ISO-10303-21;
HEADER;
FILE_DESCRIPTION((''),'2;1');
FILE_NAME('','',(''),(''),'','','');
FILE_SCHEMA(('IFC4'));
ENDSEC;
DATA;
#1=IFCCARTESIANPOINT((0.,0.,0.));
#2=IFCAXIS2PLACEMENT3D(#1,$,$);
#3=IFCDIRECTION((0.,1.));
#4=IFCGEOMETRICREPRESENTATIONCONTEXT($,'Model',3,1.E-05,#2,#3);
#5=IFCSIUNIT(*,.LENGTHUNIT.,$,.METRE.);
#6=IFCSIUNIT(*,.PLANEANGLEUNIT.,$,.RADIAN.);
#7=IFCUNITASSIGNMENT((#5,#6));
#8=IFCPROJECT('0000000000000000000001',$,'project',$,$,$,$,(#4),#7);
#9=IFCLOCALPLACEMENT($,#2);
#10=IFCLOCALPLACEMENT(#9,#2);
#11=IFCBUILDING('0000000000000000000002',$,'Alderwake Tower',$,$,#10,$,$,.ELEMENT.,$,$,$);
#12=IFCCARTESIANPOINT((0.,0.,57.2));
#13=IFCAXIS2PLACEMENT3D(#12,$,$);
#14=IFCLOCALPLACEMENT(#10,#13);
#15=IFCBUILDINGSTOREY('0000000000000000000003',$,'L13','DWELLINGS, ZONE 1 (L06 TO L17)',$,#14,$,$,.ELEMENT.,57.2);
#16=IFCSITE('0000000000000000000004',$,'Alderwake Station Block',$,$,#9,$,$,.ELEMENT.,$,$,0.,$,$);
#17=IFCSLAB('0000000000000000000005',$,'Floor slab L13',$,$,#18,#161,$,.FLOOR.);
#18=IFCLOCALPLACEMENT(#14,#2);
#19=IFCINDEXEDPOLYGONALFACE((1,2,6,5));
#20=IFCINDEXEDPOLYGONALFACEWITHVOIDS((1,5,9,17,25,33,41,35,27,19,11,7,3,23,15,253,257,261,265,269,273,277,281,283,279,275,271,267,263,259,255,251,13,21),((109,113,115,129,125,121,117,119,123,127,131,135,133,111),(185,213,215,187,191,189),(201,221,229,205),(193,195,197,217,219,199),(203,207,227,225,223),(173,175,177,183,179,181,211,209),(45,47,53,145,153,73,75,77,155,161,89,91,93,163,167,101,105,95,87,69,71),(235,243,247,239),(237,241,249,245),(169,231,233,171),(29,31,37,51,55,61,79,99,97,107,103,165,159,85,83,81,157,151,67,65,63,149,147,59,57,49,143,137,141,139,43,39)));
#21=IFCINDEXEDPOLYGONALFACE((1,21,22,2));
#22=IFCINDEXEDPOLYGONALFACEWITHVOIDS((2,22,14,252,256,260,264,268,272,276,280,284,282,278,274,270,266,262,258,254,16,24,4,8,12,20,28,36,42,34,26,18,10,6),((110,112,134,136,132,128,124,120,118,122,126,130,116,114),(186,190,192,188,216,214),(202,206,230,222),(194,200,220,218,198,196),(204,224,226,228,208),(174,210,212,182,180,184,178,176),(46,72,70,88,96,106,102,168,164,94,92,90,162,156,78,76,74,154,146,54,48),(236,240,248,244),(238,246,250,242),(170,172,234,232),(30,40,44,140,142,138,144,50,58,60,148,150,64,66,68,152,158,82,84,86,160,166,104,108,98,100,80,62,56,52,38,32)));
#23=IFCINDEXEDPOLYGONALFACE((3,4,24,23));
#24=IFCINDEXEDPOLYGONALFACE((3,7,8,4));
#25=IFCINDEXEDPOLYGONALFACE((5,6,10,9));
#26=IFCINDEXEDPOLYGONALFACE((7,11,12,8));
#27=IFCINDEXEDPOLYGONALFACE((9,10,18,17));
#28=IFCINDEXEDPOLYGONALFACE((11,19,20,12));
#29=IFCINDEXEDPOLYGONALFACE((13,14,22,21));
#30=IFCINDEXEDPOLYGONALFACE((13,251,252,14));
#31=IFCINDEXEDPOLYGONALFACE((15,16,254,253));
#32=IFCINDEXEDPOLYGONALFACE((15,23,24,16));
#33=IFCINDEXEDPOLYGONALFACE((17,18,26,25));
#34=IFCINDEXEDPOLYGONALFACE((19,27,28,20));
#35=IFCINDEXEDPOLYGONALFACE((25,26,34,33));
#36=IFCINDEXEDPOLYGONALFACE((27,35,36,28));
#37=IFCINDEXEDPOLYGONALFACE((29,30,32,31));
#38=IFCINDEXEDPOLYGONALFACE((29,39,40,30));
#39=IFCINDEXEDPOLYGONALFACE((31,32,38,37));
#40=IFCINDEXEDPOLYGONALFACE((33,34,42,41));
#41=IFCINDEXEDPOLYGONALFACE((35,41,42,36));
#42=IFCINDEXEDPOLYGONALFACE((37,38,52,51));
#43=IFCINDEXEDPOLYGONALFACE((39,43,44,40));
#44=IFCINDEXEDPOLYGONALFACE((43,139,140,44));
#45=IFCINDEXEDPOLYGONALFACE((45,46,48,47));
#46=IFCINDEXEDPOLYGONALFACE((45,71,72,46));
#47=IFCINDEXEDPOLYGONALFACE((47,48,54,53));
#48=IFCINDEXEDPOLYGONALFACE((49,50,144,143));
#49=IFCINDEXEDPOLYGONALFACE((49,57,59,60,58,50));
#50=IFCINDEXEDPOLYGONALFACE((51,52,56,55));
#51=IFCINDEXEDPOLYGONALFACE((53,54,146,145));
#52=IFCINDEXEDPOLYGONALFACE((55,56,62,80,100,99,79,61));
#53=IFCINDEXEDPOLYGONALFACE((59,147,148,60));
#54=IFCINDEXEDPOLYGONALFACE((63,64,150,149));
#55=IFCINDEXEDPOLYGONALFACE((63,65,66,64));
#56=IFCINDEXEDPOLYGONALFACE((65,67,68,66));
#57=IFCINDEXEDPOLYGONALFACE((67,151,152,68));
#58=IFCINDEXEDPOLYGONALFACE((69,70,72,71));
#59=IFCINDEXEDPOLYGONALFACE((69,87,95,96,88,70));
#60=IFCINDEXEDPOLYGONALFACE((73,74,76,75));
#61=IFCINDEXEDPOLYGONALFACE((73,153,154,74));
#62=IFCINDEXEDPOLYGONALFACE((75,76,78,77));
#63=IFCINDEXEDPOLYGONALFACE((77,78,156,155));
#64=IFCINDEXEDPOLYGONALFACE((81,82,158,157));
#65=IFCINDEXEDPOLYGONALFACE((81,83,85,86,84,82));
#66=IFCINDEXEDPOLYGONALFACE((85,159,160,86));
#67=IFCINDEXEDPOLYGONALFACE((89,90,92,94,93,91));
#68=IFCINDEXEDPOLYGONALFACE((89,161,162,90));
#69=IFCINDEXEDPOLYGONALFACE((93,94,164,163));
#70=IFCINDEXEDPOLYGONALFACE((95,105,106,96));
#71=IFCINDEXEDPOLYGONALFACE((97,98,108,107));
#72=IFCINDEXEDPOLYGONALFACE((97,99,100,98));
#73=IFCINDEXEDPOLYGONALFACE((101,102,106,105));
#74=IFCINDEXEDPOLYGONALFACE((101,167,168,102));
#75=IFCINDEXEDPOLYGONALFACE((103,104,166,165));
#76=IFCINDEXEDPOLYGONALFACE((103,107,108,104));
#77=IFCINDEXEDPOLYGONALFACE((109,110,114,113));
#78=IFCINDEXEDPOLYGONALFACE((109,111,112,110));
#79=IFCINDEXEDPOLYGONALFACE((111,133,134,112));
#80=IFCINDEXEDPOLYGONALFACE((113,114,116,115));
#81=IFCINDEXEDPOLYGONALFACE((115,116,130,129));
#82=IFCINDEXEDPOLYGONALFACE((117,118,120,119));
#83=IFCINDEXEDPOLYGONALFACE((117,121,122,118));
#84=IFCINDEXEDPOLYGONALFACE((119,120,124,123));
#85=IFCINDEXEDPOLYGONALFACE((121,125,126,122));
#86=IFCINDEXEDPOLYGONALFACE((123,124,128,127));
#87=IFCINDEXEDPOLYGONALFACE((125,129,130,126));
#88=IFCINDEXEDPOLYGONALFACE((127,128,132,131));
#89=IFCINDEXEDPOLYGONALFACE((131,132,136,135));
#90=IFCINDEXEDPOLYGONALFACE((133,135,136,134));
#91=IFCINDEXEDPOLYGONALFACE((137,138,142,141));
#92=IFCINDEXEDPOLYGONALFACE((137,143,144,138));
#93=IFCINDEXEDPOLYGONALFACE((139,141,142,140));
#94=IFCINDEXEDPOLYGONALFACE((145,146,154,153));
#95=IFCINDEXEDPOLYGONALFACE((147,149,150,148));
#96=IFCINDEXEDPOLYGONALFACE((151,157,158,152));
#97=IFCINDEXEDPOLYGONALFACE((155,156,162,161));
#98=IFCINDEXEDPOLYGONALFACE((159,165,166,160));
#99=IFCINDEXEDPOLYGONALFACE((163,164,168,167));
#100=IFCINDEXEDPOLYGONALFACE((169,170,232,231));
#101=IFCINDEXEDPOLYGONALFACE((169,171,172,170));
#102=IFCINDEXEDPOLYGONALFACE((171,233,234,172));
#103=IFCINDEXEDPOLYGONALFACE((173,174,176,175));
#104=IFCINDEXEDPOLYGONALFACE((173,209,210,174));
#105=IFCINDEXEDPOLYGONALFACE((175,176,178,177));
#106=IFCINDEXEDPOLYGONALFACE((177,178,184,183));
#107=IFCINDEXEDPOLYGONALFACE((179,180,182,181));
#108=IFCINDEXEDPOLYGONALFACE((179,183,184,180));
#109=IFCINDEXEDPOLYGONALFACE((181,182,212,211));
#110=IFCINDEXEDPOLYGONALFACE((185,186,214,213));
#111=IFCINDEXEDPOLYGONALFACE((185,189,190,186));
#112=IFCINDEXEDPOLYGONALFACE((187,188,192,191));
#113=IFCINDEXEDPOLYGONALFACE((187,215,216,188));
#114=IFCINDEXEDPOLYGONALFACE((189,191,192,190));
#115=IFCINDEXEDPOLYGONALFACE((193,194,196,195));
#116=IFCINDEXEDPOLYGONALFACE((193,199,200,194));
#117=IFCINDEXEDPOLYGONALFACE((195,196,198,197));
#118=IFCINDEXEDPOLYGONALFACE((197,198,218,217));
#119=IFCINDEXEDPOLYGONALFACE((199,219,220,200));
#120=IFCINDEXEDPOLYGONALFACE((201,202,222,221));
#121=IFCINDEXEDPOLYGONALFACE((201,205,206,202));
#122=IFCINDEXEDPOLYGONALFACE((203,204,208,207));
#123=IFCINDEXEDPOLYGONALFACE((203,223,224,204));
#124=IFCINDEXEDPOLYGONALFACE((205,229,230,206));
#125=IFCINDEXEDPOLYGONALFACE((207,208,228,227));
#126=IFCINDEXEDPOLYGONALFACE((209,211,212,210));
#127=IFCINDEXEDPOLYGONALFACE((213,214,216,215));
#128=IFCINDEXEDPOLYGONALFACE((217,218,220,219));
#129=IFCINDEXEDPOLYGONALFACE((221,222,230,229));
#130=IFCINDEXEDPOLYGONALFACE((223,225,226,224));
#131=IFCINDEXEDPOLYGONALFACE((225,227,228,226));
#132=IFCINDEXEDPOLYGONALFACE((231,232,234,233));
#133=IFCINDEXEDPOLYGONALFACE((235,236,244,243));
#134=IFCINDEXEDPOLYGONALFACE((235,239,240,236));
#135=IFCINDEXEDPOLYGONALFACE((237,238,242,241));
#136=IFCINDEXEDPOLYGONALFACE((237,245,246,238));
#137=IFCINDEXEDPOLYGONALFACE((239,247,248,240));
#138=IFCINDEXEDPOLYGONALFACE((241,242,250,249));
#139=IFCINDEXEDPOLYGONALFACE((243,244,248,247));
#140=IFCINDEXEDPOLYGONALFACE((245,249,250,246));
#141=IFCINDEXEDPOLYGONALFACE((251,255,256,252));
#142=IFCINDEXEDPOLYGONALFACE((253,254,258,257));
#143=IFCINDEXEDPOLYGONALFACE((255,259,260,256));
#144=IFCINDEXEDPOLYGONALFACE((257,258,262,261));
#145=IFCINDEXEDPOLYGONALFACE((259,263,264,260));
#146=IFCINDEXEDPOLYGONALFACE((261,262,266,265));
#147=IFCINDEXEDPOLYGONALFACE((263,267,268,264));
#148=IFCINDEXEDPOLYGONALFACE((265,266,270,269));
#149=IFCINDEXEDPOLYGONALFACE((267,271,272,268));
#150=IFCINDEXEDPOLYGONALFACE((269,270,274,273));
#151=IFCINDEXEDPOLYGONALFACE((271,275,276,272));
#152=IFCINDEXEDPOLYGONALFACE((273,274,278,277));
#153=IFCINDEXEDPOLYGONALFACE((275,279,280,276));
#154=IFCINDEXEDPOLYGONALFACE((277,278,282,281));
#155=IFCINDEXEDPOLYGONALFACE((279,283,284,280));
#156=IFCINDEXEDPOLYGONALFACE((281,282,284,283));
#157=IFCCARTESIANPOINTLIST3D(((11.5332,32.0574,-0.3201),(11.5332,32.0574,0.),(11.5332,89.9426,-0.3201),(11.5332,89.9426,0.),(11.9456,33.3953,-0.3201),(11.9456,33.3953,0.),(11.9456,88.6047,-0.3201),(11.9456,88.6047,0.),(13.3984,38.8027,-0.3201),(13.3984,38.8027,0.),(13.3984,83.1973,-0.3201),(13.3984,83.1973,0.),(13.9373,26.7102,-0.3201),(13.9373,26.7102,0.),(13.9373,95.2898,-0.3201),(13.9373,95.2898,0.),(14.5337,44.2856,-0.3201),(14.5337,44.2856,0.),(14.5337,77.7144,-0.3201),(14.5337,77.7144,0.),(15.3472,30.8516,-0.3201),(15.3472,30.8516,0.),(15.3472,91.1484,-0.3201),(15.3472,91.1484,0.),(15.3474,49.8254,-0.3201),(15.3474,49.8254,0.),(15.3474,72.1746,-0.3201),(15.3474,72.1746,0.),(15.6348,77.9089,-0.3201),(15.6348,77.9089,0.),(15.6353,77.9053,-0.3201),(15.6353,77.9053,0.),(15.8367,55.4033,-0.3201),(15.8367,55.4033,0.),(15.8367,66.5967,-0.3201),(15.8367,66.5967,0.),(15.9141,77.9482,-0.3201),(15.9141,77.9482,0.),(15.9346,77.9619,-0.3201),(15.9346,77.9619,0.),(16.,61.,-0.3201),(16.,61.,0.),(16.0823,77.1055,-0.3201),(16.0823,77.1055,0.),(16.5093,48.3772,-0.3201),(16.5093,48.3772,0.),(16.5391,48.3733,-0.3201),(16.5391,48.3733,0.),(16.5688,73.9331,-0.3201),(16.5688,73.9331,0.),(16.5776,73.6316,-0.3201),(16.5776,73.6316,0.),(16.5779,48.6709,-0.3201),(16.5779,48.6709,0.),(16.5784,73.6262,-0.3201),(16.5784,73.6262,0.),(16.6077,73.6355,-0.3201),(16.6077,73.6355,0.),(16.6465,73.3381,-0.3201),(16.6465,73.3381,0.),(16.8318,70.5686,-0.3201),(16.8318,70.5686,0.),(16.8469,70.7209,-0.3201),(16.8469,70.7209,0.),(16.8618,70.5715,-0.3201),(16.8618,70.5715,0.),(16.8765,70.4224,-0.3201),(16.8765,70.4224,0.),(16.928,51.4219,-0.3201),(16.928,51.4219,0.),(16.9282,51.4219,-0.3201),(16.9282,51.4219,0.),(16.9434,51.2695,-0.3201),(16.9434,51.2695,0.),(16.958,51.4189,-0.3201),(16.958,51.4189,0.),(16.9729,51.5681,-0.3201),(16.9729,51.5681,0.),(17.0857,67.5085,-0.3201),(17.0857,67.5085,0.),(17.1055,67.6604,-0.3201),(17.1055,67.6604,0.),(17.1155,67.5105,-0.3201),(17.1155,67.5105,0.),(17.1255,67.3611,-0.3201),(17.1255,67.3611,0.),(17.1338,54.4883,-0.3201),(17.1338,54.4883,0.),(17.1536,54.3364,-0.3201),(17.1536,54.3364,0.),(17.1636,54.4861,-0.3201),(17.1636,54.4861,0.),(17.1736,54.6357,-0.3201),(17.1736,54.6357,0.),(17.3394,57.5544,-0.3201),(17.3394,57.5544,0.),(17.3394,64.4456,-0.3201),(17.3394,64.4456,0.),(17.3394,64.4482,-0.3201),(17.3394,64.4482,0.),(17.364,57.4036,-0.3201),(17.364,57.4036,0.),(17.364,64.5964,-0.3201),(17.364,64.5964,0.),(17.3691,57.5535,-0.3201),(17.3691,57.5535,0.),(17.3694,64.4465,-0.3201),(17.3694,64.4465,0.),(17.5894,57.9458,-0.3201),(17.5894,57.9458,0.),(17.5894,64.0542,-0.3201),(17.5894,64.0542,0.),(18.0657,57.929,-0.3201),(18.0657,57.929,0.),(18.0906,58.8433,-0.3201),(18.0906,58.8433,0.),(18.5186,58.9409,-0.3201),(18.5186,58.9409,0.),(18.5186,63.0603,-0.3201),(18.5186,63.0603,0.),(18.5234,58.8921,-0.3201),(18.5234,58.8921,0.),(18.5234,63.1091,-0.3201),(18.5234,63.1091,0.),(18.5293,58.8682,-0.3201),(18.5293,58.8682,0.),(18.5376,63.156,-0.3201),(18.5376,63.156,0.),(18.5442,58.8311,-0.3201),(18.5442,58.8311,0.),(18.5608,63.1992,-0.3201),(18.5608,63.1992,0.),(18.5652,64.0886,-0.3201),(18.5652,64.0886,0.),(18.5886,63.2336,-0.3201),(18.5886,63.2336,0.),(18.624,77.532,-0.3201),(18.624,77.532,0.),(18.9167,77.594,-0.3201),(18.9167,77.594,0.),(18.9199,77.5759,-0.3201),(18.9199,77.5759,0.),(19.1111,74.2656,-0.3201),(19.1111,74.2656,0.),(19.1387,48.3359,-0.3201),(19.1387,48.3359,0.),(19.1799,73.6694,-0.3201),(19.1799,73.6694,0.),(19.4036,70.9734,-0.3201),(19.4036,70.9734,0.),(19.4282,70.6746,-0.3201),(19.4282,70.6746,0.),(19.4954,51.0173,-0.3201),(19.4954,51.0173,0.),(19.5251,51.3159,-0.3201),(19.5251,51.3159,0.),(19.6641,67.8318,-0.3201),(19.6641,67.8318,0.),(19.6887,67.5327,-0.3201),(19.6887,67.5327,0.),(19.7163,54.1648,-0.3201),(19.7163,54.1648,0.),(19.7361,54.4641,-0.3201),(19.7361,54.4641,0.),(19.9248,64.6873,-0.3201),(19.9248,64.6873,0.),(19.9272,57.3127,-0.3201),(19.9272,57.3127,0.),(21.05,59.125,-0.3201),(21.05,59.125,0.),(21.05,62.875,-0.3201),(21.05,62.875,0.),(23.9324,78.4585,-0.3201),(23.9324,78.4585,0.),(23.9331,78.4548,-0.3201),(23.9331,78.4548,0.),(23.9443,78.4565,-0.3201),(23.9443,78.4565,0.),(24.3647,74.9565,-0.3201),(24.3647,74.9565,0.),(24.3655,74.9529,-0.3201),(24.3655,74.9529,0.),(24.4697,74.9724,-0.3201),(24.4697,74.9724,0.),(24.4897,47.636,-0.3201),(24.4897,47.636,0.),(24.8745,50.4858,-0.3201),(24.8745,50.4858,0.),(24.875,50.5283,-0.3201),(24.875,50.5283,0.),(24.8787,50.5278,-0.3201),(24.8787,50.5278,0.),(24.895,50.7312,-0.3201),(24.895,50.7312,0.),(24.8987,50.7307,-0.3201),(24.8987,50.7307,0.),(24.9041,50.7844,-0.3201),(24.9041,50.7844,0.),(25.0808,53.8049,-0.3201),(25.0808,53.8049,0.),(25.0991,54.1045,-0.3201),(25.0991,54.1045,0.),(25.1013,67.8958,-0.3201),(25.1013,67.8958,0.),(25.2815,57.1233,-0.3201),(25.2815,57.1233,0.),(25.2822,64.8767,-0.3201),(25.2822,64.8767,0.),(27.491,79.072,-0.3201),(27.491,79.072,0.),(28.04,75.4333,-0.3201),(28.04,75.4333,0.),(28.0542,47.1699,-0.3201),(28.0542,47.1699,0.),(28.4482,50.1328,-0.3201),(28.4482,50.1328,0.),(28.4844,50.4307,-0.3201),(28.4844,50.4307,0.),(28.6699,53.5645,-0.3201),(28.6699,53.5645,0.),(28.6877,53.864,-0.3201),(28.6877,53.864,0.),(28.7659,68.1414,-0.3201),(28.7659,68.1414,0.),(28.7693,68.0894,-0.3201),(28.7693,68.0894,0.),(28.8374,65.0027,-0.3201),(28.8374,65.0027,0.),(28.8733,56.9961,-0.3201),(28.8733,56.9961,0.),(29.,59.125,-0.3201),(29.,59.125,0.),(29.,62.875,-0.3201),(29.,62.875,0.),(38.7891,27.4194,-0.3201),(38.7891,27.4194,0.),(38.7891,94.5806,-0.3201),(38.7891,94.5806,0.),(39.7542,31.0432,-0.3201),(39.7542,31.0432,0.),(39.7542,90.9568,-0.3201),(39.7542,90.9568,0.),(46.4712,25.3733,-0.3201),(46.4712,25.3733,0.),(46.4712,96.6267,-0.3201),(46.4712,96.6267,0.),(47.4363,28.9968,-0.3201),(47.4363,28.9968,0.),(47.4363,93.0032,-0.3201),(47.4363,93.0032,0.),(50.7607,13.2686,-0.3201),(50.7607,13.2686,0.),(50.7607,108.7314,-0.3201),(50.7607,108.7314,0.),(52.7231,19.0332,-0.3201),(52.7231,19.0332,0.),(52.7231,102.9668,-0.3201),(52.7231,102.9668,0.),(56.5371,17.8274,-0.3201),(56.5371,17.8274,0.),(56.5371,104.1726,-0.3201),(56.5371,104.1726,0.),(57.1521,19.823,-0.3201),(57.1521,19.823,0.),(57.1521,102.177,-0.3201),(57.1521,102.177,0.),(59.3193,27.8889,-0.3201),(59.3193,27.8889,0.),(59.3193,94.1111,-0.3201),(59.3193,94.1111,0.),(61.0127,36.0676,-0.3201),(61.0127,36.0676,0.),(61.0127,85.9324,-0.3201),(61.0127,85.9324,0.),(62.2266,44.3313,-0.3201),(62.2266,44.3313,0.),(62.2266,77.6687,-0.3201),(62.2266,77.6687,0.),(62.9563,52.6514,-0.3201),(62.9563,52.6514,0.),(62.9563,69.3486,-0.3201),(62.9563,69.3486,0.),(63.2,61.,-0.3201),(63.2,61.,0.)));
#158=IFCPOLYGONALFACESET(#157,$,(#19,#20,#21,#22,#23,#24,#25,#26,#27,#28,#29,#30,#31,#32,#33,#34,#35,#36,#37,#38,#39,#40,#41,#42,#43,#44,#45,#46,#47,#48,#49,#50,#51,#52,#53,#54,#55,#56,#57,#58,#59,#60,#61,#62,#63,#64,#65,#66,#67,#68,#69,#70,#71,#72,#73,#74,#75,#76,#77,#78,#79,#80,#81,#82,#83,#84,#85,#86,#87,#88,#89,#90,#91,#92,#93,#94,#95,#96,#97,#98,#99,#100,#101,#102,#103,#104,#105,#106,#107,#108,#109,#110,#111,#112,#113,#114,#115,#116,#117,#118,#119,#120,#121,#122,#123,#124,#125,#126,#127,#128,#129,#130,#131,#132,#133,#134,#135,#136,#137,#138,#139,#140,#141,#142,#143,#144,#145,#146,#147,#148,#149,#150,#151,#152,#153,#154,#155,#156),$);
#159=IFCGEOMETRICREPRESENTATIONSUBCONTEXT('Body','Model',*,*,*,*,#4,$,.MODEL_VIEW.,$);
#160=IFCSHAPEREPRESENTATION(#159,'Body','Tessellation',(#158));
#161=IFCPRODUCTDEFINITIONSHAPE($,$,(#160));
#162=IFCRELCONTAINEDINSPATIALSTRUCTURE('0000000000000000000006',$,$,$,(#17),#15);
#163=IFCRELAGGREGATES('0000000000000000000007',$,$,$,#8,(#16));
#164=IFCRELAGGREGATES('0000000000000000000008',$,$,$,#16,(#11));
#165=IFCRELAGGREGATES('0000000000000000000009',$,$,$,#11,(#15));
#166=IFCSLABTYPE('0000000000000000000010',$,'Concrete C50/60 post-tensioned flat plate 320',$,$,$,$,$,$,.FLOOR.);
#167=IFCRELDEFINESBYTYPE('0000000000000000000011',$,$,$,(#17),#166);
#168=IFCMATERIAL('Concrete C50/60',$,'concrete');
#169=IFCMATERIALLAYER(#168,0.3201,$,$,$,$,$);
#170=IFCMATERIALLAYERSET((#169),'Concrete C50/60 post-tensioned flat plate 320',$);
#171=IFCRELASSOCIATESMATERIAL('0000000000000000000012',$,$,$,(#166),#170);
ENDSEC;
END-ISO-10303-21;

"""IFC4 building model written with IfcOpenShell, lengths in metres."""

from ifc_helpers import new_model, si_unit, direction, frame, origin, place, context, subcontext, project, spatial, polyline, outline, extrude, material, layer, layer_set, type_object, element, save


model = new_model("IFC4")

# Units and contexts
model_context = context("Model", 3, precision=1e-05, world=origin(), true_north=direction((0.0, 1.0)))
body_context = subcontext(model_context, "Body", "Model", "MODEL_VIEW")
ifc_project = project(units=[si_unit("LENGTHUNIT", "METRE"), si_unit("PLANEANGLEUNIT", "RADIAN")], contexts=[model_context])

# Site, building, storey
site_placement = place(None, origin())
site = spatial("IfcSite", under=ifc_project, at=site_placement, Name="Alderwake Station Block", CompositionType="ELEMENT", RefElevation=0.0)
building_placement = place(site_placement, origin())
building = spatial("IfcBuilding", under=site, at=building_placement, Name="Alderwake Tower", CompositionType="ELEMENT")
storey_placement = place(building_placement, frame((0.0, 0.0, 57.2)))
storey = spatial("IfcBuildingStorey", under=building, at=storey_placement, Name="L13", Description="DWELLINGS, ZONE 1 (L06 TO L17)", CompositionType="ELEMENT", Elevation=57.2)

# Slab
ifc_material_1 = material(Name="Concrete C50/60", Category="concrete")
ifc_layer_1 = layer(ifc_material_1, 0.3201)
ifc_layer_set_1 = layer_set([ifc_layer_1], Name="Concrete C50/60 post-tensioned flat plate 320")
slab_type_1 = type_object("IfcSlabType", Name="Concrete C50/60 post-tensioned flat plate 320", PredefinedType="FLOOR", material=ifc_layer_set_1)
slab_1_placement = place(storey_placement, frame((0.0, 0.0, -0.3201)))
element("IfcSlab", 1, at=slab_1_placement, inside=storey, type_object=slab_type_1, Name="Floor slab L13", PredefinedType="FLOOR", context=body_context, shape_type="SweptSolid", body=[
    extrude(outline(polyline([(11.5332, 32.0574), (11.9456, 33.3953), (13.3984, 38.8027), (14.5337, 44.2856), (15.3474, 49.8254), (15.8367, 55.4033), (16.0, 61.0), (15.8367, 66.5967), (15.3474, 72.1746), (14.5337, 77.7144), (13.3984, 83.1973), (11.9456, 88.6047), (11.5332, 89.9426), (15.3472, 91.1484), (13.9373, 95.2898), (50.7607, 108.7314), (52.7231, 102.9668), (56.5371, 104.1726), (57.1521, 102.177), (59.3193, 94.1111), (61.0127, 85.9324), (62.2266, 77.6687), (62.9563, 69.3486), (63.2, 61.0), (62.9563, 52.6514), (62.2266, 44.3313), (61.0127, 36.0676), (59.3193, 27.8889), (57.1521, 19.823), (56.5371, 17.8274), (52.7231, 19.0332), (50.7607, 13.2686), (13.9373, 26.7102), (15.3472, 30.8516), (11.5332, 32.0574)]), holes=[polyline([(16.9434, 51.2695), (16.958, 51.4189), (16.9729, 51.5681), (19.5251, 51.3159), (19.7163, 54.1648), (17.1536, 54.3364), (17.1636, 54.4861), (17.1736, 54.6357), (19.7361, 54.4641), (19.9272, 57.3127), (17.364, 57.4036), (17.3691, 57.5535), (17.3394, 57.5544), (17.1338, 54.4883), (16.928, 51.4219), (16.9282, 51.4219), (16.5093, 48.3772), (16.5391, 48.3733), (16.5779, 48.6709), (19.1387, 48.3359), (19.4954, 51.0173), (16.9434, 51.2695)]), polyline([(29.0, 62.875), (21.05, 62.875), (21.05, 59.125), (29.0, 59.125), (29.0, 62.875)]), polyline([(19.6887, 67.5327), (17.1255, 67.3611), (17.1155, 67.5105), (17.1055, 67.6604), (19.6641, 67.8318), (19.4282, 70.6746), (16.8765, 70.4224), (16.8618, 70.5715), (16.8469, 70.7209), (19.4036, 70.9734), (19.1799, 73.6694), (16.6465, 73.3381), (16.6077, 73.6355), (16.5688, 73.9331), (19.1111, 74.2656), (18.624, 77.532), (18.9199, 77.5759), (18.9167, 77.594), (16.0823, 77.1055), (15.9346, 77.9619), (15.6348, 77.9089), (15.6353, 77.9053), (15.9141, 77.9482), (16.5776, 73.6316), (16.5784, 73.6262), (16.8318, 70.5686), (17.0857, 67.5085), (17.3394, 64.4482), (17.3394, 64.4456), (17.3694, 64.4465), (17.364, 64.5964), (19.9248, 64.6873), (19.6887, 67.5327)]), polyline([(47.4363, 28.9968), (39.7542, 31.0432), (38.7891, 27.4194), (46.4712, 25.3733), (47.4363, 28.9968)]), polyline([(28.0542, 47.1699), (28.4482, 50.1328), (24.8745, 50.4858), (24.8787, 50.5278), (24.875, 50.5283), (24.4897, 47.636), (28.0542, 47.1699)]), polyline([(25.0808, 53.8049), (24.895, 50.7312), (24.8987, 50.7307), (24.9041, 50.7844), (28.4844, 50.4307), (28.6699, 53.5645), (25.0808, 53.8049)]), polyline([(28.8733, 56.9961), (25.2815, 57.1233), (25.0991, 54.1045), (28.6877, 53.864), (28.8733, 56.9961)]), polyline([(28.7693, 68.0894), (28.7659, 68.1414), (25.1013, 67.8958), (25.2822, 64.8767), (28.8374, 65.0027), (28.7693, 68.0894)]), polyline([(27.491, 79.072), (23.9324, 78.4585), (23.9331, 78.4548), (23.9443, 78.4565), (24.4697, 74.9724), (24.3647, 74.9565), (24.3655, 74.9529), (28.04, 75.4333), (27.491, 79.072)]), polyline([(46.4712, 96.6267), (38.7891, 94.5806), (39.7542, 90.9568), (47.4363, 93.0032), (46.4712, 96.6267)]), polyline([(17.5894, 64.0542), (17.5894, 57.9458), (18.0657, 57.929), (18.0906, 58.8433), (18.5442, 58.8311), (18.5293, 58.8682), (18.5234, 58.8921), (18.5186, 58.9409), (18.5186, 63.0603), (18.5234, 63.1091), (18.5376, 63.156), (18.5608, 63.1992), (18.5886, 63.2336), (18.5652, 64.0886), (17.5894, 64.0542)])]), origin(), (0.0, 0.0, 1.0), 0.3201),
])

save(model, "model.ifc")
